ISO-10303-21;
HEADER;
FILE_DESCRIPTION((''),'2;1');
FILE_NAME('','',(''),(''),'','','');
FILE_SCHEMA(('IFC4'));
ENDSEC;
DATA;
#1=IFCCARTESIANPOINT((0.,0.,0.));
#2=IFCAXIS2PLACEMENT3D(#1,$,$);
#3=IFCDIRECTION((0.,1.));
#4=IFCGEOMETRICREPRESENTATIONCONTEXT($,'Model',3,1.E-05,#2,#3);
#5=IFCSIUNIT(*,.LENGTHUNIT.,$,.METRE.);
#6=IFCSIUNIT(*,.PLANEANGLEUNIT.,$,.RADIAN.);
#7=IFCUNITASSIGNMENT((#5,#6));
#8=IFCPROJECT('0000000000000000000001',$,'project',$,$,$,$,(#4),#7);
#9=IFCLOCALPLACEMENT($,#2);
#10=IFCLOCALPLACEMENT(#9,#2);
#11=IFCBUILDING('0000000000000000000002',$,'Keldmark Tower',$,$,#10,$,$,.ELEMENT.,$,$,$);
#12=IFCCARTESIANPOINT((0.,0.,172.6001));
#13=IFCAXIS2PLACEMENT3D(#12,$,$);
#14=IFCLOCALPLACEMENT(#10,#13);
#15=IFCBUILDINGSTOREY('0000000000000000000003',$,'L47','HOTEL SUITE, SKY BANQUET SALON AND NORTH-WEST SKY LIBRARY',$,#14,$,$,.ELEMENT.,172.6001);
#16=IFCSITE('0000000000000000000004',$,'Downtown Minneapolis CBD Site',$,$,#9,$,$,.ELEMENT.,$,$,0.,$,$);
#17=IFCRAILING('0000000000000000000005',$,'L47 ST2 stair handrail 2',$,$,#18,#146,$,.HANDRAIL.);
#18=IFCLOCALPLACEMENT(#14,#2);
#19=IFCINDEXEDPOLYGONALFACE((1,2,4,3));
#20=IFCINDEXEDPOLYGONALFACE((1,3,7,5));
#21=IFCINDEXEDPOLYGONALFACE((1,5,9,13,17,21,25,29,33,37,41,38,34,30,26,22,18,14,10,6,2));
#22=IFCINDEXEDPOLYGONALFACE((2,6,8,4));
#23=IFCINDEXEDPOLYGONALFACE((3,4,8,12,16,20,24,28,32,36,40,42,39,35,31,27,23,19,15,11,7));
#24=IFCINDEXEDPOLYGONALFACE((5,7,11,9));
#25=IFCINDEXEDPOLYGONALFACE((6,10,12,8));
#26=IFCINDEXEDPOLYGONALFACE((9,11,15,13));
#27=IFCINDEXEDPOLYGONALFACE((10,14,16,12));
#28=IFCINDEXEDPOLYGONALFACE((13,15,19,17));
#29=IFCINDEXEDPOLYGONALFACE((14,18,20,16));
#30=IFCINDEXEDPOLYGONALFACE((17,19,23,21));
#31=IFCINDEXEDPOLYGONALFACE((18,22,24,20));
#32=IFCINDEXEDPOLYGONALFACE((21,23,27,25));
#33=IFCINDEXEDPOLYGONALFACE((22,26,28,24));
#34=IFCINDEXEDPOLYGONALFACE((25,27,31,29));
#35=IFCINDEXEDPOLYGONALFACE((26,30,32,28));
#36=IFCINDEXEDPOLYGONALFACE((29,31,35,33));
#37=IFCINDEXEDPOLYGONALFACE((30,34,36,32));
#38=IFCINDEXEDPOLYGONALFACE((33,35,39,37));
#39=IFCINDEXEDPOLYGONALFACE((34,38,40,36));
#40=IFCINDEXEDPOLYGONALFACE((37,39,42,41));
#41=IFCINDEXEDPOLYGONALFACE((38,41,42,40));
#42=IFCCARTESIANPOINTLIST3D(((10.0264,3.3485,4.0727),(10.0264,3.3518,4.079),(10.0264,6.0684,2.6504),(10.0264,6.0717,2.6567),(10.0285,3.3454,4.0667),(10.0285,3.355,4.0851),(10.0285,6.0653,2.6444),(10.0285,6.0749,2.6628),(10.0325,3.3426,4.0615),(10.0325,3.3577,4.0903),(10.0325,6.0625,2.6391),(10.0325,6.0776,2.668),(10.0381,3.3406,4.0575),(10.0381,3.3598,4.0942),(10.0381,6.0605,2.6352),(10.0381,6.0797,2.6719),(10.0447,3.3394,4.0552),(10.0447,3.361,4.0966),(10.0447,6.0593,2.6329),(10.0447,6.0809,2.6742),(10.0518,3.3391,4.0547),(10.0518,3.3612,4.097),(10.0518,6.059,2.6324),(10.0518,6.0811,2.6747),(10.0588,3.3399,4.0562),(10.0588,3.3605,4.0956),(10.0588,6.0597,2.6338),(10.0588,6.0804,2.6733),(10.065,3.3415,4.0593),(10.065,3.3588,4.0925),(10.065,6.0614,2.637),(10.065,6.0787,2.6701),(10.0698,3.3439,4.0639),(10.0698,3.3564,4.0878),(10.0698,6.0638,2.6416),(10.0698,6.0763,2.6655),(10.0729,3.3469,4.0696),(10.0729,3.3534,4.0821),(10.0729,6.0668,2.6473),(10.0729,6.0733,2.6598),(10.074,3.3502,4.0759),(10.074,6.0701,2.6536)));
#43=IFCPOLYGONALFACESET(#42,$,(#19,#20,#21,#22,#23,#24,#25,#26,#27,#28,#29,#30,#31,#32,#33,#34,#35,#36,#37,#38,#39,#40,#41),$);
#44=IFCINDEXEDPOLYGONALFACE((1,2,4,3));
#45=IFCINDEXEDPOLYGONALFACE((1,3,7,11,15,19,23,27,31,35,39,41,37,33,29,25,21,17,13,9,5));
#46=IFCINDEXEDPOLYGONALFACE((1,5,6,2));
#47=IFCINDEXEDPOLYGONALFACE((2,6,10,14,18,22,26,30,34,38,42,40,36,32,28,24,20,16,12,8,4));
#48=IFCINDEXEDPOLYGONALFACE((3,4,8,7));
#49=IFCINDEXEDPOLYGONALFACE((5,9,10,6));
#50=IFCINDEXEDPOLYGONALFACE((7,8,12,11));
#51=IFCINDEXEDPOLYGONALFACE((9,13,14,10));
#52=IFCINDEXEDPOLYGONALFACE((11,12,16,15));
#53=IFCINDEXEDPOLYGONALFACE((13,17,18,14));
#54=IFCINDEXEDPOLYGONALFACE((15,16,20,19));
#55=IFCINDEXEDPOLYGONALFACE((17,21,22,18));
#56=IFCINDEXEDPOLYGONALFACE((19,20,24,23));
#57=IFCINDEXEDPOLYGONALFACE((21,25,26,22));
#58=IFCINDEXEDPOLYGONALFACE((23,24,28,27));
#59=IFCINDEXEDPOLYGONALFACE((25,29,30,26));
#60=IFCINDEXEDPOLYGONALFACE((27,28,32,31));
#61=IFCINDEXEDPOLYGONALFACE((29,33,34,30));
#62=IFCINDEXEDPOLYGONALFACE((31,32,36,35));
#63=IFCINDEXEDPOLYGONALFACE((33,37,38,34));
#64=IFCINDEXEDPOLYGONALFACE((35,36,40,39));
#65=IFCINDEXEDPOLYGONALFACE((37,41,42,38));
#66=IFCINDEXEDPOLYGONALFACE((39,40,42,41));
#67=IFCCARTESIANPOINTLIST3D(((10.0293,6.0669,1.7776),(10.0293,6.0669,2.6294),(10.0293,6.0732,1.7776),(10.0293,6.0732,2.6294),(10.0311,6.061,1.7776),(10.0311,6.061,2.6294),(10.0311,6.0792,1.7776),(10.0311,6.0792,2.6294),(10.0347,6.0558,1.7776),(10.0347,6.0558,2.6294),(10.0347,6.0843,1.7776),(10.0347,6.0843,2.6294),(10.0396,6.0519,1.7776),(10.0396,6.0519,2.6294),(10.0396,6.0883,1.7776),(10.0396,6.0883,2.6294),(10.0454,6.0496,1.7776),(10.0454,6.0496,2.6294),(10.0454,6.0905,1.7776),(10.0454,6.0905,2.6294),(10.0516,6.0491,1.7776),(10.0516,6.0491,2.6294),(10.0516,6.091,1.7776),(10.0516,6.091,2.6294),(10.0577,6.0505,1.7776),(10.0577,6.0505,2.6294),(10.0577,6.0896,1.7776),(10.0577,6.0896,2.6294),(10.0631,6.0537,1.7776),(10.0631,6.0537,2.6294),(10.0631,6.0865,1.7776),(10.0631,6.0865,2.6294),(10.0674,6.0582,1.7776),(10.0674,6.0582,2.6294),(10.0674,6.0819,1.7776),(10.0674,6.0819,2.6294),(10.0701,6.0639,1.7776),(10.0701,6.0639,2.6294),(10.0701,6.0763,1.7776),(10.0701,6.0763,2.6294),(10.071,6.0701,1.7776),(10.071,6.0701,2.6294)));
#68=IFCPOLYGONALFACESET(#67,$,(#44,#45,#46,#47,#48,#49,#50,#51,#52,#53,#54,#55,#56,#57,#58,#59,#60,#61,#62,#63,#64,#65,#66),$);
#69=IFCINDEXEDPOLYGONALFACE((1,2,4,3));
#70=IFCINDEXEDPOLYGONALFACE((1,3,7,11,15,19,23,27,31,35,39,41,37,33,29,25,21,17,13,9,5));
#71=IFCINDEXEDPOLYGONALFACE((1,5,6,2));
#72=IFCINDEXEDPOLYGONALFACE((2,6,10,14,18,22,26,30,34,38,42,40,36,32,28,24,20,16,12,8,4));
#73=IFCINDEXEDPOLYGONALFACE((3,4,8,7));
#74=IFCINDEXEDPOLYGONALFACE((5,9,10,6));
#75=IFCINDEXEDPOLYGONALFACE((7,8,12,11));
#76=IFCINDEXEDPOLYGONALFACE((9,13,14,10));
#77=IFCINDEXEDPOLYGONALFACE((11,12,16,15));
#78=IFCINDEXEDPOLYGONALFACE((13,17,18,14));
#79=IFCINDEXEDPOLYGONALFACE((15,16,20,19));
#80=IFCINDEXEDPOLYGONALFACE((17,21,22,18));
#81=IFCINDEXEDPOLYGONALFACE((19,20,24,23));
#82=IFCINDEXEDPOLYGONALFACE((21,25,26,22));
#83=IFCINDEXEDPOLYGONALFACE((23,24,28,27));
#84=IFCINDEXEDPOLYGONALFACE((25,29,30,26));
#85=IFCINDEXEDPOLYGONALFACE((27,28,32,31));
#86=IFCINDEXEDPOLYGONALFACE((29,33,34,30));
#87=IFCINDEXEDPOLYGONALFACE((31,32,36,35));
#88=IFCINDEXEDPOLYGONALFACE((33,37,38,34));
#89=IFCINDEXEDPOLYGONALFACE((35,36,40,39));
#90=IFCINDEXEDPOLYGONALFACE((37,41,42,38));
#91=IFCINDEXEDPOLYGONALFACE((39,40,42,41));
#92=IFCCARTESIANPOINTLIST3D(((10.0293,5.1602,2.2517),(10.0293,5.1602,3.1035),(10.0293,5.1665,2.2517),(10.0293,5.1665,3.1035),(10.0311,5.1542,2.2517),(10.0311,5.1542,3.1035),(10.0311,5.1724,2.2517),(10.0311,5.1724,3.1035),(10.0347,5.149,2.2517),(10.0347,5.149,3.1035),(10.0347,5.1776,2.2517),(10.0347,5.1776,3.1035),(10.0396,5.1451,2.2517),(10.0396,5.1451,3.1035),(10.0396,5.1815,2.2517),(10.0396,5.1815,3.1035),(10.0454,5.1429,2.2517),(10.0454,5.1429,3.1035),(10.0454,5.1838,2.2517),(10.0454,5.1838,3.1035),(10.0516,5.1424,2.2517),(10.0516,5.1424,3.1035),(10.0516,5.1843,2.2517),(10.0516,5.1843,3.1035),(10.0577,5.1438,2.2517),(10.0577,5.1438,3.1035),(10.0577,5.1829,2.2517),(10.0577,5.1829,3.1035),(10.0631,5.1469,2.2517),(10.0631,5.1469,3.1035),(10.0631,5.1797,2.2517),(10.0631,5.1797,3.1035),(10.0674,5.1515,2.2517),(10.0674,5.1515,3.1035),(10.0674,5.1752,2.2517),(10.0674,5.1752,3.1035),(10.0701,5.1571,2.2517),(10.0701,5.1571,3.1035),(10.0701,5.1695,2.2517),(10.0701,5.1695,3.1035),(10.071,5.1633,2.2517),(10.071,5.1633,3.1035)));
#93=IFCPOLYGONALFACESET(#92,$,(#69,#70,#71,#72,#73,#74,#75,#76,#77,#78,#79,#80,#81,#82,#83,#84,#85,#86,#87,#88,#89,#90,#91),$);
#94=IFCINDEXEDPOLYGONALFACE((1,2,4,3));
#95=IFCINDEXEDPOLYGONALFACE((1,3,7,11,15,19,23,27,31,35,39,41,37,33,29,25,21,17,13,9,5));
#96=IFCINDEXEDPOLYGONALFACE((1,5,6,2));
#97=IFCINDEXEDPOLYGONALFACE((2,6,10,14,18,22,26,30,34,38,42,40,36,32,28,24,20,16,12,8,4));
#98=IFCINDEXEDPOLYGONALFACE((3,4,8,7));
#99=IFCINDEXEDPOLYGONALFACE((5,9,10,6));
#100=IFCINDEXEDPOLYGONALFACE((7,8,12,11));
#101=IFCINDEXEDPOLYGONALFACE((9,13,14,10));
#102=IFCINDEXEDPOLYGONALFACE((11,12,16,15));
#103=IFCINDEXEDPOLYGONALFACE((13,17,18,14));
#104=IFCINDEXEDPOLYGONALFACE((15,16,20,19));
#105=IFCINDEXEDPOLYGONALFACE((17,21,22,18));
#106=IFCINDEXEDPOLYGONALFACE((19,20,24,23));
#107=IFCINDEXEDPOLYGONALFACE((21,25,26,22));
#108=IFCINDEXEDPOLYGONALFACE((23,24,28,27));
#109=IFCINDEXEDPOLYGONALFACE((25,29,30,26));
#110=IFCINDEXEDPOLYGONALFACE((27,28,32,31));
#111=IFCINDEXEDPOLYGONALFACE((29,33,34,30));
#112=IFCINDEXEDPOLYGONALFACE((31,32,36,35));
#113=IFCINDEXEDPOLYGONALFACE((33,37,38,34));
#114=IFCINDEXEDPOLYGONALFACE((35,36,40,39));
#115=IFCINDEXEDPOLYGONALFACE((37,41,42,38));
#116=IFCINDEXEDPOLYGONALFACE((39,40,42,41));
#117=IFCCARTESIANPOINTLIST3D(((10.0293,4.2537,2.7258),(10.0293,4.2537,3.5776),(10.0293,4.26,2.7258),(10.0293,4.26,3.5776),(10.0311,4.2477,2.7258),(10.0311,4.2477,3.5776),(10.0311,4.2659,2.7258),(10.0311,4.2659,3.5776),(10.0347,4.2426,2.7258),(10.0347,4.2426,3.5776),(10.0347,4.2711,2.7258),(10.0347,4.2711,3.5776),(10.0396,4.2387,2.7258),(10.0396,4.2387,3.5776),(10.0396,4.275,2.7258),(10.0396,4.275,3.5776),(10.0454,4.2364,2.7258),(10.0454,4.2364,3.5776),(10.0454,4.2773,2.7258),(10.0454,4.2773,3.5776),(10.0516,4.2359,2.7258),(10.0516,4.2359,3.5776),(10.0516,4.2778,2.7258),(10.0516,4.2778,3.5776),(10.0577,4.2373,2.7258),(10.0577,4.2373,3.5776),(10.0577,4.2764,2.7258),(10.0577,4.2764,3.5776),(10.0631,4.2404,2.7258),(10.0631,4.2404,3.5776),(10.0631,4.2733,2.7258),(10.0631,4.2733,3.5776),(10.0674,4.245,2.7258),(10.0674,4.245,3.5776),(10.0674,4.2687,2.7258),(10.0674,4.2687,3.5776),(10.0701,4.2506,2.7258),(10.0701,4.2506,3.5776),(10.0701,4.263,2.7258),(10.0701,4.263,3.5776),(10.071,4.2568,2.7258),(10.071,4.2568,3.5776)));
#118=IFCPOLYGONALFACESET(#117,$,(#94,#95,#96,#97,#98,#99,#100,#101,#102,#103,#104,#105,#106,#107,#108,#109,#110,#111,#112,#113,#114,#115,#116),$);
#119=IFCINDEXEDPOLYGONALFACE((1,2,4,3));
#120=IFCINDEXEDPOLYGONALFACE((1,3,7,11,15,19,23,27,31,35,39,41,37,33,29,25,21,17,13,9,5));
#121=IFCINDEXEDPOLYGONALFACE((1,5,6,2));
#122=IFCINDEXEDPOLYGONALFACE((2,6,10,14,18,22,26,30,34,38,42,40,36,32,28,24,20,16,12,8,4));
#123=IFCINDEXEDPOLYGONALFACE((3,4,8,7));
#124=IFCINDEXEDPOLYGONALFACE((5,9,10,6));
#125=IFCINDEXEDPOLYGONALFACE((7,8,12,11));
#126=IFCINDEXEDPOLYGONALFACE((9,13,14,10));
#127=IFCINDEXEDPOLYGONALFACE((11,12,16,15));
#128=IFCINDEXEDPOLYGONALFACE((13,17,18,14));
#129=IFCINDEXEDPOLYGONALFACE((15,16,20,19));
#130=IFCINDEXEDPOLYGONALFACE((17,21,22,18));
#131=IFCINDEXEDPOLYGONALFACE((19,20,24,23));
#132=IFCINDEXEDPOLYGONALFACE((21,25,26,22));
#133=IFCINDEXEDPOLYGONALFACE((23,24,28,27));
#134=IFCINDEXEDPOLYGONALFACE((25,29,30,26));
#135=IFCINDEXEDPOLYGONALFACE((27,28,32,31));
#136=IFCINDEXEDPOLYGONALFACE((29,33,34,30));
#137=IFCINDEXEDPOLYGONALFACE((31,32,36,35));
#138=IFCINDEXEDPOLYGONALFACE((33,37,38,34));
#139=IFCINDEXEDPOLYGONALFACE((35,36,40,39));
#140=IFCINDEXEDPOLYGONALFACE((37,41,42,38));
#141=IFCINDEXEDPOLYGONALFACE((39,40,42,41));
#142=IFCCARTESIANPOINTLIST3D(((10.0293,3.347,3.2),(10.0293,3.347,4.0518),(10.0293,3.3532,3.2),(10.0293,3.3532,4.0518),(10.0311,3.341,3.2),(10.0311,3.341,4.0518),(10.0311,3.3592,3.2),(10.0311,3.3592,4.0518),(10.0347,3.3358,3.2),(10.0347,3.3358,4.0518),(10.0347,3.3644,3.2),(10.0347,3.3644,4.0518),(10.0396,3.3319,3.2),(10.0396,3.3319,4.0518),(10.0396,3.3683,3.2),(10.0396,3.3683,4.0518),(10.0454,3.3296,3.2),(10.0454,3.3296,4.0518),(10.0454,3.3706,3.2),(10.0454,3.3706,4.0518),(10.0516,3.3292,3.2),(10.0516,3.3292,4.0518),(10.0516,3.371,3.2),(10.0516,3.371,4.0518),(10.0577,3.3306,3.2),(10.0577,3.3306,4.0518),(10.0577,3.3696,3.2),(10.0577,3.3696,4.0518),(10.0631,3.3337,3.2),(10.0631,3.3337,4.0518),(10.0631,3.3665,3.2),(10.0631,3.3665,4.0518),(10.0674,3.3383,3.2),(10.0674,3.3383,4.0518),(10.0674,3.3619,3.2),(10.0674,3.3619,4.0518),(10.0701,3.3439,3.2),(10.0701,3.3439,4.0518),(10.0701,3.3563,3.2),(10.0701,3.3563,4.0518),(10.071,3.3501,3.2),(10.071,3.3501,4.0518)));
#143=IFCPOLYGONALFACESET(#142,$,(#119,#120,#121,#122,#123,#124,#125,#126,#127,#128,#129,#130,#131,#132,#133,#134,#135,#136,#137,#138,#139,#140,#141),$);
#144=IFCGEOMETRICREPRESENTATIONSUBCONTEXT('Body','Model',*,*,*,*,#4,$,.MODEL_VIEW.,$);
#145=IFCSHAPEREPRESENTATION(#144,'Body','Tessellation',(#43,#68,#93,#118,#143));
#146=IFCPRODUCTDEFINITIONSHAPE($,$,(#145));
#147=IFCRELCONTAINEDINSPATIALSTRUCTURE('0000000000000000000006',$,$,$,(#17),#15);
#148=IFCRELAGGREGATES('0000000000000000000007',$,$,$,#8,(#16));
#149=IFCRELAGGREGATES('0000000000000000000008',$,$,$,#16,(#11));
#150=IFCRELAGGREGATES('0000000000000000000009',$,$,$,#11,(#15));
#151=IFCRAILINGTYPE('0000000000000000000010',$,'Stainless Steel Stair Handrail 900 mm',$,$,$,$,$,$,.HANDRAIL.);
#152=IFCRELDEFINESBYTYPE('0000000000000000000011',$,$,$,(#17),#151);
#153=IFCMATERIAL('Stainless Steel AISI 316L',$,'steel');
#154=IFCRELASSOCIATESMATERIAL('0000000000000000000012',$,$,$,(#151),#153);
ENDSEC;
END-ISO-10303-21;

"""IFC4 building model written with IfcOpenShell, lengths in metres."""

from ifc_helpers import new_model, si_unit, direction, frame, origin, origin_2d, place, context, subcontext, project, spatial, circle, extrude, material, type_object, element, save


model = new_model("IFC4")

# Units and contexts
model_context = context("Model", 3, precision=1e-05, world=origin(), true_north=direction((0.0, 1.0)))
body_context = subcontext(model_context, "Body", "Model", "MODEL_VIEW")
ifc_project = project(units=[si_unit("LENGTHUNIT", "METRE"), si_unit("PLANEANGLEUNIT", "RADIAN")], contexts=[model_context])

# Site, building, storey
site_placement = place(None, origin())
site = spatial("IfcSite", under=ifc_project, at=site_placement, Name="Downtown Minneapolis CBD Site", CompositionType="ELEMENT", RefElevation=0.0)
building_placement = place(site_placement, origin())
building = spatial("IfcBuilding", under=site, at=building_placement, Name="Keldmark Tower", CompositionType="ELEMENT")
storey_placement = place(building_placement, frame((0.0, 0.0, 172.6001)))
storey = spatial("IfcBuildingStorey", under=building, at=storey_placement, Name="L47", Description="HOTEL SUITE, SKY BANQUET SALON AND NORTH-WEST SKY LIBRARY", CompositionType="ELEMENT", Elevation=172.6001)

# Railing
ifc_material_1 = material(Name="Stainless Steel AISI 316L", Category="steel")
railing_type_1 = type_object("IfcRailingType", Name="Stainless Steel Stair Handrail 900 mm", PredefinedType="HANDRAIL", material=ifc_material_1)
railing_1_placement = place(storey_placement, frame((10.05, 6.0701, 1.7776)))
element("IfcRailing", 1, at=railing_1_placement, inside=storey, type_object=railing_type_1, Name="L47 ST2 stair handrail 2", PredefinedType="HANDRAIL", context=body_context, shape_type="SweptSolid", body=[
    extrude(circle(Radius=0.0239, at=origin_2d()), frame((0.0, 0.0, 0.876), z_axis=(0.0, -0.88615, 0.463398), x_axis=(1.0, 0.0, 0.0)), (0.0, 0.0, 1.0), 3.0693),
    extrude(circle(Radius=0.021, at=origin_2d()), origin(), (0.0, 0.0, 1.0), 0.8518),
    extrude(circle(Radius=0.021, at=origin_2d()), frame((0.0, -0.9067, 0.4741)), (0.0, 0.0, 1.0), 0.8518),
    extrude(circle(Radius=0.021, at=origin_2d()), frame((0.0, -1.8132, 0.9482)), (0.0, 0.0, 1.0), 0.8518),
    extrude(circle(Radius=0.021, at=origin_2d()), frame((0.0, -2.72, 1.4224)), (0.0, 0.0, 1.0), 0.8518),
])

save(model, "model.ifc")
